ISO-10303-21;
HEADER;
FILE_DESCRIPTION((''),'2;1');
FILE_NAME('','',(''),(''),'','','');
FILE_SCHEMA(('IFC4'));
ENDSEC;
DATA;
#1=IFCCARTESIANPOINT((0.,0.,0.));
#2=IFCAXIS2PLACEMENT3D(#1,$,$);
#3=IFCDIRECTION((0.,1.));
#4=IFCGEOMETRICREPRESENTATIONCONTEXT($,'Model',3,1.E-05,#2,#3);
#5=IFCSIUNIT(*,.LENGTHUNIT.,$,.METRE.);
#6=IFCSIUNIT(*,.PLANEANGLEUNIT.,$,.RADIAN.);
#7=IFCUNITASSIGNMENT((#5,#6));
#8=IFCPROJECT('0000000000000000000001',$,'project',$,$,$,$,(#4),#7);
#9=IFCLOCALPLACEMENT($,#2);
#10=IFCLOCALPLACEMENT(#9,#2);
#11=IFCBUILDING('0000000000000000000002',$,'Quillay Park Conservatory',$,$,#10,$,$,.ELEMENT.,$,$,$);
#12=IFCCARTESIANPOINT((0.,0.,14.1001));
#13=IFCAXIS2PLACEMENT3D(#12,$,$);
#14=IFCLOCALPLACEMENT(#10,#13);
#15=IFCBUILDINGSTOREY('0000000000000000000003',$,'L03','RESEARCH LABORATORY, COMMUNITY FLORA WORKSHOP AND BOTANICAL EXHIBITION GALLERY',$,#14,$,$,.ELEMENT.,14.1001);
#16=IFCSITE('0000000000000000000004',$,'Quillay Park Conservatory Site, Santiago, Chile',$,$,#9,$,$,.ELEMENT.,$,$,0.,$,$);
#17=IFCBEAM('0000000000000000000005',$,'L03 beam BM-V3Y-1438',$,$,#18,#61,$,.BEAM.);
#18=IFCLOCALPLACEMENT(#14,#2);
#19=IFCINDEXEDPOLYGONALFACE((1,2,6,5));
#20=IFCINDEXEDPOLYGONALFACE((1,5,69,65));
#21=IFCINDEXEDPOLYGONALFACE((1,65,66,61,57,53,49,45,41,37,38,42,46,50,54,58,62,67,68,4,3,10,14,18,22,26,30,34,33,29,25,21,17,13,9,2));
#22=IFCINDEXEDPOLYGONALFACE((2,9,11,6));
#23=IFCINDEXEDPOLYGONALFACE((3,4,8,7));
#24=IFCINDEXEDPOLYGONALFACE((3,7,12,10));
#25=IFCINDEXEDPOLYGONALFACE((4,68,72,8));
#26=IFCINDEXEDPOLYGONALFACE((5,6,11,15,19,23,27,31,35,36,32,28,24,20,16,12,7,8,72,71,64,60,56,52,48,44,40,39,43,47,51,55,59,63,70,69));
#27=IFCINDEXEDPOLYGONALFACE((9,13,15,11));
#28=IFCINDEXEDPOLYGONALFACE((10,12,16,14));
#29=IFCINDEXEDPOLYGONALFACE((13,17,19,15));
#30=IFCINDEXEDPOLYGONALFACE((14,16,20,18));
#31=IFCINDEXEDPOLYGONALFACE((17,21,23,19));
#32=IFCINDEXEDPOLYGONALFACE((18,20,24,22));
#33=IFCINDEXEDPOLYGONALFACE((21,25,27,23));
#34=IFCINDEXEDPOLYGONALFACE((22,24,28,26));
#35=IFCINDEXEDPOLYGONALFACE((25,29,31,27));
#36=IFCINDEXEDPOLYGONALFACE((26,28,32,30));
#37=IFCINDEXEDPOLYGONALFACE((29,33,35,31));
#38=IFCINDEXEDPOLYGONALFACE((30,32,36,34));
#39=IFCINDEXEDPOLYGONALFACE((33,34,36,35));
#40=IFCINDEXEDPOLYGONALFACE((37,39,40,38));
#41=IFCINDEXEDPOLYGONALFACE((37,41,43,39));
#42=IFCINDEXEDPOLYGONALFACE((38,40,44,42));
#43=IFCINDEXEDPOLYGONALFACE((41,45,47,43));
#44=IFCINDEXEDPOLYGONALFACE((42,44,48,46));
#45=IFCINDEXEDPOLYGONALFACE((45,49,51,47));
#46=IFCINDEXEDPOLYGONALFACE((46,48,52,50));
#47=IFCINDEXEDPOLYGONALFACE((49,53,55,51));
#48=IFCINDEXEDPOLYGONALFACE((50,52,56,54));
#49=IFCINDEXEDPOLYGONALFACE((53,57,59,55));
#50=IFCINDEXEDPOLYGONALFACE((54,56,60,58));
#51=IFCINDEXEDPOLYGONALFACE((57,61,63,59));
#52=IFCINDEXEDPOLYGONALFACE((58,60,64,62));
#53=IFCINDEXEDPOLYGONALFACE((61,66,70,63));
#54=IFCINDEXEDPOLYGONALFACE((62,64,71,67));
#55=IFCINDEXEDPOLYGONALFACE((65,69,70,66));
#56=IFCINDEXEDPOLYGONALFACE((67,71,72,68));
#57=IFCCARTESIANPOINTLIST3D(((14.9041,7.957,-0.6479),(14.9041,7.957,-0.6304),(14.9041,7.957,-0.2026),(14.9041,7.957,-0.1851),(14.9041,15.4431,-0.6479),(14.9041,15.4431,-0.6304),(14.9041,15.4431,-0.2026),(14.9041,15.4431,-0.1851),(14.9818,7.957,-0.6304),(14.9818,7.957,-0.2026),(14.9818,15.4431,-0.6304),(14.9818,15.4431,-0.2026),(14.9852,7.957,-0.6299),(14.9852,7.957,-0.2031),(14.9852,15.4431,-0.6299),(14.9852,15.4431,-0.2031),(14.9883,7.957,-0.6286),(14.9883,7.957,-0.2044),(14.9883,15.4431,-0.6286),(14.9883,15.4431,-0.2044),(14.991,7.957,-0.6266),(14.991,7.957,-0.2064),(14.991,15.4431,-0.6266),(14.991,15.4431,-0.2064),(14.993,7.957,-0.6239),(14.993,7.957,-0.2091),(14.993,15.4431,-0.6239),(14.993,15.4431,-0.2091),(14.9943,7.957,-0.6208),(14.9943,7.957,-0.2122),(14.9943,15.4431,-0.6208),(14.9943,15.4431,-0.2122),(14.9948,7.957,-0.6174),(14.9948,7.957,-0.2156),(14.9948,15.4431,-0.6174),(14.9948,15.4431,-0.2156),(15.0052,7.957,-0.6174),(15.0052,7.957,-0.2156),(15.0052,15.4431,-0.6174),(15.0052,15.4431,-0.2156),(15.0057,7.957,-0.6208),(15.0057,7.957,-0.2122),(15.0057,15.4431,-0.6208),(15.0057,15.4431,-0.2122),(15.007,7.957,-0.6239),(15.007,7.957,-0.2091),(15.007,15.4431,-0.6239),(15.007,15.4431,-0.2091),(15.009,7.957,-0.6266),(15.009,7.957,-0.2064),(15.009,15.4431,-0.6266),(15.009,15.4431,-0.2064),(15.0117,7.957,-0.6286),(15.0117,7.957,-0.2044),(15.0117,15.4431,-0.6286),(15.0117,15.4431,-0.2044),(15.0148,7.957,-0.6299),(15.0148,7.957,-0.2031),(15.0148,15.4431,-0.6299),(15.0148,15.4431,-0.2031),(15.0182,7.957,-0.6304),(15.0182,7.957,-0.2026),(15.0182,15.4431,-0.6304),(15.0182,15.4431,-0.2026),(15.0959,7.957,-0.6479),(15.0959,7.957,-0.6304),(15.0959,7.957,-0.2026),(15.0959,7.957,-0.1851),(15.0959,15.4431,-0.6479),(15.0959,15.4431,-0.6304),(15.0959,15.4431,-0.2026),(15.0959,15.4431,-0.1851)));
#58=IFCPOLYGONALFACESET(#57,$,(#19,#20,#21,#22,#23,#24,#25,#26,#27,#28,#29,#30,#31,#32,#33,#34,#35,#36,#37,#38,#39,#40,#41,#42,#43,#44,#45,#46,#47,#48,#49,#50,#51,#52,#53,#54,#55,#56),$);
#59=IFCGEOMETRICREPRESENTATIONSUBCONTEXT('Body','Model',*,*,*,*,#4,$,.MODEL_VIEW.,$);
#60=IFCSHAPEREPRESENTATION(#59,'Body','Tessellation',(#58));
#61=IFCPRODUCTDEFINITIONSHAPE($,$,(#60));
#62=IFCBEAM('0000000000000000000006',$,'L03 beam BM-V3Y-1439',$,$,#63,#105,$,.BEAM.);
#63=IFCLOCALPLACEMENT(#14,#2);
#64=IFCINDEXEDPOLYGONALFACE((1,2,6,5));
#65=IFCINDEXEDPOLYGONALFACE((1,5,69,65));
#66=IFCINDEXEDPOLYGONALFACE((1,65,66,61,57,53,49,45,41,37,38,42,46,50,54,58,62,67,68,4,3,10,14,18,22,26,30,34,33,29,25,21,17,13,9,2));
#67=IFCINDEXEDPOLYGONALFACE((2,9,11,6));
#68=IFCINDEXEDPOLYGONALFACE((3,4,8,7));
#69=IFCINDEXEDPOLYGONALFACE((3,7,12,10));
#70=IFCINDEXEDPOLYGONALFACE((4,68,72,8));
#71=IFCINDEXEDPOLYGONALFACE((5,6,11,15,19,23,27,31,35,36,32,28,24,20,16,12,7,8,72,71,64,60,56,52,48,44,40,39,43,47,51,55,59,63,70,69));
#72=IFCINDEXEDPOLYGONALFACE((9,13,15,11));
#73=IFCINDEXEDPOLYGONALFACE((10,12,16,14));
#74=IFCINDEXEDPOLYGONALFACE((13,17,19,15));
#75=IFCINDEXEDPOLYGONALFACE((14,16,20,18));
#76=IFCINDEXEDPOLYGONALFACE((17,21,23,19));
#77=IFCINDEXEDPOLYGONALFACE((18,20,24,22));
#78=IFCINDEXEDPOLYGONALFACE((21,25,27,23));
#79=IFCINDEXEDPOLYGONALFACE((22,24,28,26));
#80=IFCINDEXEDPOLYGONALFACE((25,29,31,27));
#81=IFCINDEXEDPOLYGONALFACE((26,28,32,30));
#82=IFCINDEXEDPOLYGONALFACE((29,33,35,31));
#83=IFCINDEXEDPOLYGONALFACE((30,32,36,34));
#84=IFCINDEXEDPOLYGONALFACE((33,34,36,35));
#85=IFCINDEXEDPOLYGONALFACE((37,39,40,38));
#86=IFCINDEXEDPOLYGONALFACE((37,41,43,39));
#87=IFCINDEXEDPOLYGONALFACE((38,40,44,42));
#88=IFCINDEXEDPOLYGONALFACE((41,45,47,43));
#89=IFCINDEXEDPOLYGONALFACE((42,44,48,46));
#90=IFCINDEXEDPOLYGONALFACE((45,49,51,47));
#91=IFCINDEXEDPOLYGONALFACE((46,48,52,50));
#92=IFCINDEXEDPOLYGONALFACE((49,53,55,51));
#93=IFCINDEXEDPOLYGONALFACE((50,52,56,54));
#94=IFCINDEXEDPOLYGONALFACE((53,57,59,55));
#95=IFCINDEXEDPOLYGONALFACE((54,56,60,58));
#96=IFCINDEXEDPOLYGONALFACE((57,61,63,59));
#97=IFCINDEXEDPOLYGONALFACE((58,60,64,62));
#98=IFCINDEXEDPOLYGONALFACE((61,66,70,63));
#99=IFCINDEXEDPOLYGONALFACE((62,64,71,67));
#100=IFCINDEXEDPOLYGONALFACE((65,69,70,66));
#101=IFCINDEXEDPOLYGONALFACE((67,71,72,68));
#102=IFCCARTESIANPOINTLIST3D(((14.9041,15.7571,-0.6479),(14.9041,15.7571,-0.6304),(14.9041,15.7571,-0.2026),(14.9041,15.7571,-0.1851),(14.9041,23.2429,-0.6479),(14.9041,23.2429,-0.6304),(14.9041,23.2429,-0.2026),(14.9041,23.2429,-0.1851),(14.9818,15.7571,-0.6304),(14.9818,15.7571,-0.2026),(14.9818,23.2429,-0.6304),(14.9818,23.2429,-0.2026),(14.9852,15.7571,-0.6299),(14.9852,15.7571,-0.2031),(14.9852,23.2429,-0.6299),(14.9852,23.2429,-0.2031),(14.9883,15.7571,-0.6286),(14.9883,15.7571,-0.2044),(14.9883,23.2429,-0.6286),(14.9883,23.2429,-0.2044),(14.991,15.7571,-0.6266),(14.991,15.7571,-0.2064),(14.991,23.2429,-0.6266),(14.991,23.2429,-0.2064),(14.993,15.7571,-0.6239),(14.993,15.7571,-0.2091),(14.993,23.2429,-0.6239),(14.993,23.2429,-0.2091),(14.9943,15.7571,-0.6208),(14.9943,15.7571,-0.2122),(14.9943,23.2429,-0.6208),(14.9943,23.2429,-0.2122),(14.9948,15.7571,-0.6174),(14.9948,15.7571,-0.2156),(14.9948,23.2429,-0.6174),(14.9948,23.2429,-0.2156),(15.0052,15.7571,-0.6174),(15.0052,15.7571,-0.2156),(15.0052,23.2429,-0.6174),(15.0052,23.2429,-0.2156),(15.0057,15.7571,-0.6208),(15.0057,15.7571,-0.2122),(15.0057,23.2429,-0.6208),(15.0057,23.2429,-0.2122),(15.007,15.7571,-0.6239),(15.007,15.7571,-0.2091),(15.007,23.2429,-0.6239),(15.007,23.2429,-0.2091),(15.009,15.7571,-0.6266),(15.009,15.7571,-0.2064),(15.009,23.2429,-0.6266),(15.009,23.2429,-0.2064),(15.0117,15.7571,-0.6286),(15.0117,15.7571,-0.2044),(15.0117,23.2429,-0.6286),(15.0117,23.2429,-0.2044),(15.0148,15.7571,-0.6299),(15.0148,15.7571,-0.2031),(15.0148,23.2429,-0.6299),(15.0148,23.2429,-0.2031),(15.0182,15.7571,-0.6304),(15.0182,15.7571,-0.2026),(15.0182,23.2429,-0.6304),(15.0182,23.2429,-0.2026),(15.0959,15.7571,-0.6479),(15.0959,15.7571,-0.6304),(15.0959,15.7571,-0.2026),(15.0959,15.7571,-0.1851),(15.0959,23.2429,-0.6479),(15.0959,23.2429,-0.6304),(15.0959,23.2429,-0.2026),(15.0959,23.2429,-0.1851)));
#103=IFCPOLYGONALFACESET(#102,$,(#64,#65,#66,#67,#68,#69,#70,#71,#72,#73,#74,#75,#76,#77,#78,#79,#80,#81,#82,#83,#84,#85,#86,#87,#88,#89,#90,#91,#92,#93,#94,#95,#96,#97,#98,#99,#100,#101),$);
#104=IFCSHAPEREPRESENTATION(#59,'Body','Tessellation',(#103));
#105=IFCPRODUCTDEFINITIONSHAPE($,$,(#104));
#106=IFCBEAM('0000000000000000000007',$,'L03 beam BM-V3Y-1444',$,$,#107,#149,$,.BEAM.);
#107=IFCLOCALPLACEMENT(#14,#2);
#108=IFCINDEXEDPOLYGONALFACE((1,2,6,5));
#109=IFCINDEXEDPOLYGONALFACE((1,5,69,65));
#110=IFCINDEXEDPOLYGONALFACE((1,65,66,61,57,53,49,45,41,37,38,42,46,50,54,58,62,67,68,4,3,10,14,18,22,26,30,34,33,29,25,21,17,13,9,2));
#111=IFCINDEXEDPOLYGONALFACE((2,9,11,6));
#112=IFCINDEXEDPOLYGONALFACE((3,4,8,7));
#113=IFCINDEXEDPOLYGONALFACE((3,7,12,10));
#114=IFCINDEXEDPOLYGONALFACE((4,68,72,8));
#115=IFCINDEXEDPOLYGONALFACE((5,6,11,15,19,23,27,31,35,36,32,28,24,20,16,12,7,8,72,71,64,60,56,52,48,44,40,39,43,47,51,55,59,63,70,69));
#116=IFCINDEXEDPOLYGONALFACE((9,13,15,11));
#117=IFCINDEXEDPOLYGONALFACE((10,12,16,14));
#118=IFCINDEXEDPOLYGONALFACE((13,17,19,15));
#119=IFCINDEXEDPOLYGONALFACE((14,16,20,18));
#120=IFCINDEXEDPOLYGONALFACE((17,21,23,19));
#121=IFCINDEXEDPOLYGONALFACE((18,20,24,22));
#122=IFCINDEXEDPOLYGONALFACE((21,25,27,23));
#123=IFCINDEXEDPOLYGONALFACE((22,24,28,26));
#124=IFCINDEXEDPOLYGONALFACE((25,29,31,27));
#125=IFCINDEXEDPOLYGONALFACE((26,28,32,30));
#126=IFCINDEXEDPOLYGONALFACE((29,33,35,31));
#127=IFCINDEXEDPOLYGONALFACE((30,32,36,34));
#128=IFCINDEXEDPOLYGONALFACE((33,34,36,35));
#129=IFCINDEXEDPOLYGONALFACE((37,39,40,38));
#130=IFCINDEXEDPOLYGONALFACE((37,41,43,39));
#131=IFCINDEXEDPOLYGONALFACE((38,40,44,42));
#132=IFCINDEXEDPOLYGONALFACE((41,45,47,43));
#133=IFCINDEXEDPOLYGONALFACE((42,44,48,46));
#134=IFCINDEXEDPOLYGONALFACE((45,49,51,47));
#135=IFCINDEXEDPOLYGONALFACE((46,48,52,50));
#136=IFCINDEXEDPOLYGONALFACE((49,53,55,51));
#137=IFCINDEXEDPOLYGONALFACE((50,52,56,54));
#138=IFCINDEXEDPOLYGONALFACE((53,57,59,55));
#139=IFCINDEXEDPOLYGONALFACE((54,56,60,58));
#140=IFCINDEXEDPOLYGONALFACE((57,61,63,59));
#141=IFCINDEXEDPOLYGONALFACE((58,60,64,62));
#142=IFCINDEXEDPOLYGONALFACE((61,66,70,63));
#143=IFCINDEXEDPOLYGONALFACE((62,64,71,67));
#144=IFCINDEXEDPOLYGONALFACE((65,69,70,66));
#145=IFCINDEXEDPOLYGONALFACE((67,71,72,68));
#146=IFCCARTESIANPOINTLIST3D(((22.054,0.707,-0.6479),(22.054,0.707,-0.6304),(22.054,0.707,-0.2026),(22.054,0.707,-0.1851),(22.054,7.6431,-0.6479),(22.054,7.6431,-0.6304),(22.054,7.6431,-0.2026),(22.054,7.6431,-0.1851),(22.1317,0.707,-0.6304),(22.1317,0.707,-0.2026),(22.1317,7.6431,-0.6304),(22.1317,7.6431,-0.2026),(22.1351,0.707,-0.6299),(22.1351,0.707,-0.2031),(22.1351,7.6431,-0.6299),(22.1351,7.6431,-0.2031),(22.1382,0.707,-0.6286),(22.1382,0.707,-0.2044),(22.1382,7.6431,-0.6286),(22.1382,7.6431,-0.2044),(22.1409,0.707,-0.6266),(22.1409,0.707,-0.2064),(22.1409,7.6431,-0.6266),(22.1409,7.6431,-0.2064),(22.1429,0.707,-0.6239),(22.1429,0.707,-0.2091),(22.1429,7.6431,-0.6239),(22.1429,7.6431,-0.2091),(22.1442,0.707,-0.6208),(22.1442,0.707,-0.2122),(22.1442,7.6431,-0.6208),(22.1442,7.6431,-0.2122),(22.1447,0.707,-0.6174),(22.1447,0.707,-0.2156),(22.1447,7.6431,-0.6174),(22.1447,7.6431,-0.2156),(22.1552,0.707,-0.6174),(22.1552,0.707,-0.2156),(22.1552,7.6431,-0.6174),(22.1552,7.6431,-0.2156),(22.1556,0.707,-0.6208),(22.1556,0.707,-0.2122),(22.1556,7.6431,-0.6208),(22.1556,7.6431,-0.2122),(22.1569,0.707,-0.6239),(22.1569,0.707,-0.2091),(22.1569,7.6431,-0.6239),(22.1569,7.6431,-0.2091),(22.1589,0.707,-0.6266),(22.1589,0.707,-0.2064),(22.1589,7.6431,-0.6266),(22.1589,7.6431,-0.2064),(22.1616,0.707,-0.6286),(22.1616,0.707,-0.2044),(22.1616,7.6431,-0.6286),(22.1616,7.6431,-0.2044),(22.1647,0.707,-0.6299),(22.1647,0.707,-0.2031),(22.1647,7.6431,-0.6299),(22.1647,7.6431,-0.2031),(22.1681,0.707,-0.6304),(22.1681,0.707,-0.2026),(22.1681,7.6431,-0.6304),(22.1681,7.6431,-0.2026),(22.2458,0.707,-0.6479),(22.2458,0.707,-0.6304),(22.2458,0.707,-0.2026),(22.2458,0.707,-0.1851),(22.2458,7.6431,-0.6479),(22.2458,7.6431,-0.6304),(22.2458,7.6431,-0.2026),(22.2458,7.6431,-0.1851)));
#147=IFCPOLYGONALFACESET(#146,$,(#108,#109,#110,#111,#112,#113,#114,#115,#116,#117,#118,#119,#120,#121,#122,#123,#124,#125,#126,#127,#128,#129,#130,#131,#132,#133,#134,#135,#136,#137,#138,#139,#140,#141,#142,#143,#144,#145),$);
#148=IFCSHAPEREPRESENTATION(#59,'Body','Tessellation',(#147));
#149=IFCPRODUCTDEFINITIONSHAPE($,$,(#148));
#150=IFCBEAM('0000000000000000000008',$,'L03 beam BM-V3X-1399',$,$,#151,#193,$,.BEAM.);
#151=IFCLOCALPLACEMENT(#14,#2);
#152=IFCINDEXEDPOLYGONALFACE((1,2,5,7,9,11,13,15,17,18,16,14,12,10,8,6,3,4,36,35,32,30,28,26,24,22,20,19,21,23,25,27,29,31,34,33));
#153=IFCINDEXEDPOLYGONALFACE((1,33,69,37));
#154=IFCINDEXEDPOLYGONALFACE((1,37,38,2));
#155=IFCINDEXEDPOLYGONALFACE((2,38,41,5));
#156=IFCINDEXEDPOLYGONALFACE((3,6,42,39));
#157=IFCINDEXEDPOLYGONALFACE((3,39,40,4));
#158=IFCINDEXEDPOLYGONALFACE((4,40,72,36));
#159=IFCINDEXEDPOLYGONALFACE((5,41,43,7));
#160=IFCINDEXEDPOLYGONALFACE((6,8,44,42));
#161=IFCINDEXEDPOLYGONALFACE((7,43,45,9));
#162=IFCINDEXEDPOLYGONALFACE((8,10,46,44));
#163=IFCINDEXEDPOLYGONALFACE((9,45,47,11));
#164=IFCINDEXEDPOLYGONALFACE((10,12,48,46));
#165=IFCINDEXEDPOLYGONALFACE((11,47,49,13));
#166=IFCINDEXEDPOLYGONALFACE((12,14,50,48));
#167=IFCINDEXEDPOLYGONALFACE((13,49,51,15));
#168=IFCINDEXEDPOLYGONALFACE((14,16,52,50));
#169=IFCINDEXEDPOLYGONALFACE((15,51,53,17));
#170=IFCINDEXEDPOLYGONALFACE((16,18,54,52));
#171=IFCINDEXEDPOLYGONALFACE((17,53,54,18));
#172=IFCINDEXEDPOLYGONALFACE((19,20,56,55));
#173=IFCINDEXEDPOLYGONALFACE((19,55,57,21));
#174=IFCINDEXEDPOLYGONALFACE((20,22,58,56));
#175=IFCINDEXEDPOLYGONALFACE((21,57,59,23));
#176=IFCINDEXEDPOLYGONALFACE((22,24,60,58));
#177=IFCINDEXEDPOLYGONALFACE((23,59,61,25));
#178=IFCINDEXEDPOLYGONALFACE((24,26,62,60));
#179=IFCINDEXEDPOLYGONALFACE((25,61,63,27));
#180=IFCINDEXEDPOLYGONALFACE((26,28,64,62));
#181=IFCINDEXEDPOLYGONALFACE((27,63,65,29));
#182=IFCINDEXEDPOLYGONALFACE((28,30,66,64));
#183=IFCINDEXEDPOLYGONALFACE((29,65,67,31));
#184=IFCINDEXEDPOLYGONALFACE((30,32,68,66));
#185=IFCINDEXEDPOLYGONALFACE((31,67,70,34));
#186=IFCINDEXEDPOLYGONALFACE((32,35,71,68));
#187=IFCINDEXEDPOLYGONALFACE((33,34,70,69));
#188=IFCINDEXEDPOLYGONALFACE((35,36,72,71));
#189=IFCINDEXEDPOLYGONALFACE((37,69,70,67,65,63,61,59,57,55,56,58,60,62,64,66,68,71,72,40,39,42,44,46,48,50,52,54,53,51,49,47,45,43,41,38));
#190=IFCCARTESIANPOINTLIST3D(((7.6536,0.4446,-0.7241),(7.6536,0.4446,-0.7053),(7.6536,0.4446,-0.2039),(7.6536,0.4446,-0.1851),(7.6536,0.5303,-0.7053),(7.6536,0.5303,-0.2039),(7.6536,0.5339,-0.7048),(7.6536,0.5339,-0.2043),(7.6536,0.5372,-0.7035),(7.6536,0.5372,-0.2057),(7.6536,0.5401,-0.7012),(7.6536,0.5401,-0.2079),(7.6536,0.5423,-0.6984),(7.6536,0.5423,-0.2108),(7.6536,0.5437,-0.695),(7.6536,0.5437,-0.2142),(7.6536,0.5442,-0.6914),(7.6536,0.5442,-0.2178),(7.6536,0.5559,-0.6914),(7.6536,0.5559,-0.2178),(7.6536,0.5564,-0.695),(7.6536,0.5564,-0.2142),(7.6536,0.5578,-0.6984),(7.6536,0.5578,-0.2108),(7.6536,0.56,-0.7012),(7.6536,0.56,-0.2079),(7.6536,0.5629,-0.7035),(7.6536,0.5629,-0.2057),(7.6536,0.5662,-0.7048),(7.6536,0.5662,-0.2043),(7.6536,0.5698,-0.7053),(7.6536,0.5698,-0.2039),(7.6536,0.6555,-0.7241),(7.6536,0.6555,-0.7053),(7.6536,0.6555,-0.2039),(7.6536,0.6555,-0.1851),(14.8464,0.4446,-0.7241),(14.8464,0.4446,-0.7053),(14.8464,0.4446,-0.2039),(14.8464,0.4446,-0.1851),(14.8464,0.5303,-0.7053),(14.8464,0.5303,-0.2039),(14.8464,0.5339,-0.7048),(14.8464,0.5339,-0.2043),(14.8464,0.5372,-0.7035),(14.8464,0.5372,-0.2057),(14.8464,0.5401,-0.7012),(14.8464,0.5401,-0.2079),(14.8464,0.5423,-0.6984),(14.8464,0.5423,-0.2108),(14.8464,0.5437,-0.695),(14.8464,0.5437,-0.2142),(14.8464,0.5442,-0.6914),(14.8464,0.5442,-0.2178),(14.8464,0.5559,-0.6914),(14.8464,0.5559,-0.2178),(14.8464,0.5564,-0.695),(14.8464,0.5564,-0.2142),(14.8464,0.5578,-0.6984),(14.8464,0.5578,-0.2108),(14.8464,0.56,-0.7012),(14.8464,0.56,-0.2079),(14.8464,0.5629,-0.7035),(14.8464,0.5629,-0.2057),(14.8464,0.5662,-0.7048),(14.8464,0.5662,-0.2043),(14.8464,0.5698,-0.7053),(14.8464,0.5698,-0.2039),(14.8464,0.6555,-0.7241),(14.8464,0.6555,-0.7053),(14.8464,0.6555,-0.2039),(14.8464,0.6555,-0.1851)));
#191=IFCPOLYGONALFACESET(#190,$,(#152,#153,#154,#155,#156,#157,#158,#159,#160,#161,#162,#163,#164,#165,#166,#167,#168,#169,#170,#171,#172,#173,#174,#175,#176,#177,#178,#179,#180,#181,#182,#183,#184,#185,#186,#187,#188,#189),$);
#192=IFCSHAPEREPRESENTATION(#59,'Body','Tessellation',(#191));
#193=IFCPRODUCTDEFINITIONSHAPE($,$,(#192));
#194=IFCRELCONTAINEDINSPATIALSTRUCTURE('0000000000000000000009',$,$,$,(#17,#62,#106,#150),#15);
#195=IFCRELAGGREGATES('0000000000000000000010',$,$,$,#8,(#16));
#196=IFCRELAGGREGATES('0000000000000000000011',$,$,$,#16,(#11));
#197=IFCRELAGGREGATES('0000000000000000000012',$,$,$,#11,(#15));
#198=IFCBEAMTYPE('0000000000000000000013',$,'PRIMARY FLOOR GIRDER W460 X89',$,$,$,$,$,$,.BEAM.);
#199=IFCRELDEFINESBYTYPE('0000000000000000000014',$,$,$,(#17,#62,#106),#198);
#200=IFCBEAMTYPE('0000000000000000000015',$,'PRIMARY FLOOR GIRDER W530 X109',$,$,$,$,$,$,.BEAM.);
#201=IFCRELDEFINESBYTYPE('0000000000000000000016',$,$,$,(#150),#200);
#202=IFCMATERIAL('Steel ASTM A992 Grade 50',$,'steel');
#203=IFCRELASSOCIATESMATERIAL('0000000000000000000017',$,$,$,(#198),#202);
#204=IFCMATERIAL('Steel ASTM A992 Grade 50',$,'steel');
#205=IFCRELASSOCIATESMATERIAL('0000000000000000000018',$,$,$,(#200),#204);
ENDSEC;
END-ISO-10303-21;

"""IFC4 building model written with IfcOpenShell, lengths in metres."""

from ifc_helpers import new_model, si_unit, direction, frame, origin, origin_2d, place, context, subcontext, project, spatial, i_section, extrude, material, material_profile, profile_set, type_object, element, save


model = new_model("IFC4")

# Units and contexts
model_context = context("Model", 3, precision=1e-05, world=origin(), true_north=direction((0.0, 1.0)))
body_context = subcontext(model_context, "Body", "Model", "MODEL_VIEW")
ifc_project = project(units=[si_unit("LENGTHUNIT", "METRE"), si_unit("PLANEANGLEUNIT", "RADIAN")], contexts=[model_context])

# Site, building, storey
site_placement = place(None, origin())
site = spatial("IfcSite", under=ifc_project, at=site_placement, Name="Quillay Park Conservatory Site, Santiago, Chile", CompositionType="ELEMENT", RefElevation=0.0)
building_placement = place(site_placement, origin())
building = spatial("IfcBuilding", under=site, at=building_placement, Name="Quillay Park Conservatory", CompositionType="ELEMENT")
storey_placement = place(building_placement, frame((0.0, 0.0, 14.1001)))
storey = spatial("IfcBuildingStorey", under=building, at=storey_placement, Name="L03", Description="RESEARCH LABORATORY, COMMUNITY FLORA WORKSHOP AND BOTANICAL EXHIBITION GALLERY", CompositionType="ELEMENT", Elevation=14.1001)

# Beams
ifc_material_1 = material(Name="Steel ASTM A992 Grade 50", Category="steel")
ifc_material_profile_1 = material_profile(ifc_material_1, i_section(OverallWidth=0.1919, OverallDepth=0.4629, WebThickness=0.0105, FlangeThickness=0.0176, FilletRadius=0.0129, at=origin_2d()), Name="W460x89")
ifc_profile_set_1 = profile_set([ifc_material_profile_1], Name="Steel ASTM A992 Grade 50")
beam_type_1 = type_object("IfcBeamType", Name="PRIMARY FLOOR GIRDER W460 X89", PredefinedType="BEAM", material=ifc_profile_set_1)
beam_1_placement = place(storey_placement, frame((15.0, 7.957, -0.4165), z_axis=(0.0, 1.0, 0.0), x_axis=(-1.0, 0.0, 0.0)))
element("IfcBeam", 1, at=beam_1_placement, inside=storey, type_object=beam_type_1, Name="L03 beam BM-V3Y-1438", PredefinedType="BEAM", context=body_context, shape_type="SweptSolid", body=[
    extrude(i_section(OverallWidth=0.1919, OverallDepth=0.4629, WebThickness=0.0105, FlangeThickness=0.0176, FilletRadius=0.0129, at=origin_2d()), origin(), (0.0, 0.0, 1.0), 7.4861),
])
beam_2_placement = place(storey_placement, frame((15.0, 15.7571, -0.4165), z_axis=(0.0, 1.0, 0.0), x_axis=(-1.0, 0.0, 0.0)))
element("IfcBeam", 2, at=beam_2_placement, inside=storey, type_object=beam_type_1, Name="L03 beam BM-V3Y-1439", PredefinedType="BEAM", context=body_context, shape_type="SweptSolid", body=[
    extrude(i_section(OverallWidth=0.1919, OverallDepth=0.4629, WebThickness=0.0105, FlangeThickness=0.0176, FilletRadius=0.0129, at=origin_2d()), origin(), (0.0, 0.0, 1.0), 7.4858),
])
beam_3_placement = place(storey_placement, frame((22.1499, 0.707, -0.4165), z_axis=(0.0, 1.0, 0.0), x_axis=(-1.0, 0.0, 0.0)))
element("IfcBeam", 3, at=beam_3_placement, inside=storey, type_object=beam_type_1, Name="L03 beam BM-V3Y-1444", PredefinedType="BEAM", context=body_context, shape_type="SweptSolid", body=[
    extrude(i_section(OverallWidth=0.1919, OverallDepth=0.4629, WebThickness=0.0105, FlangeThickness=0.0176, FilletRadius=0.0129, at=origin_2d()), origin(), (0.0, 0.0, 1.0), 6.936),
])
ifc_material_2 = material(Name="Steel ASTM A992 Grade 50", Category="steel")
ifc_material_profile_2 = material_profile(ifc_material_2, i_section(OverallWidth=0.2109, OverallDepth=0.5391, WebThickness=0.0117, FlangeThickness=0.0188, FilletRadius=0.0139, at=origin_2d()), Name="W530x109")
ifc_profile_set_2 = profile_set([ifc_material_profile_2], Name="Steel ASTM A992 Grade 50")
beam_type_2 = type_object("IfcBeamType", Name="PRIMARY FLOOR GIRDER W530 X109", PredefinedType="BEAM", material=ifc_profile_set_2)
beam_4_placement = place(storey_placement, frame((7.6536, 0.55, -0.4546), z_axis=(1.0, 0.0, 0.0), x_axis=(0.0, 1.0, 0.0)))
element("IfcBeam", 4, at=beam_4_placement, inside=storey, type_object=beam_type_2, Name="L03 beam BM-V3X-1399", PredefinedType="BEAM", context=body_context, shape_type="SweptSolid", body=[
    extrude(i_section(OverallWidth=0.2109, OverallDepth=0.5391, WebThickness=0.0117, FlangeThickness=0.0188, FilletRadius=0.0139, at=origin_2d()), origin(), (0.0, 0.0, 1.0), 7.1929),
])

save(model, "model.ifc")
